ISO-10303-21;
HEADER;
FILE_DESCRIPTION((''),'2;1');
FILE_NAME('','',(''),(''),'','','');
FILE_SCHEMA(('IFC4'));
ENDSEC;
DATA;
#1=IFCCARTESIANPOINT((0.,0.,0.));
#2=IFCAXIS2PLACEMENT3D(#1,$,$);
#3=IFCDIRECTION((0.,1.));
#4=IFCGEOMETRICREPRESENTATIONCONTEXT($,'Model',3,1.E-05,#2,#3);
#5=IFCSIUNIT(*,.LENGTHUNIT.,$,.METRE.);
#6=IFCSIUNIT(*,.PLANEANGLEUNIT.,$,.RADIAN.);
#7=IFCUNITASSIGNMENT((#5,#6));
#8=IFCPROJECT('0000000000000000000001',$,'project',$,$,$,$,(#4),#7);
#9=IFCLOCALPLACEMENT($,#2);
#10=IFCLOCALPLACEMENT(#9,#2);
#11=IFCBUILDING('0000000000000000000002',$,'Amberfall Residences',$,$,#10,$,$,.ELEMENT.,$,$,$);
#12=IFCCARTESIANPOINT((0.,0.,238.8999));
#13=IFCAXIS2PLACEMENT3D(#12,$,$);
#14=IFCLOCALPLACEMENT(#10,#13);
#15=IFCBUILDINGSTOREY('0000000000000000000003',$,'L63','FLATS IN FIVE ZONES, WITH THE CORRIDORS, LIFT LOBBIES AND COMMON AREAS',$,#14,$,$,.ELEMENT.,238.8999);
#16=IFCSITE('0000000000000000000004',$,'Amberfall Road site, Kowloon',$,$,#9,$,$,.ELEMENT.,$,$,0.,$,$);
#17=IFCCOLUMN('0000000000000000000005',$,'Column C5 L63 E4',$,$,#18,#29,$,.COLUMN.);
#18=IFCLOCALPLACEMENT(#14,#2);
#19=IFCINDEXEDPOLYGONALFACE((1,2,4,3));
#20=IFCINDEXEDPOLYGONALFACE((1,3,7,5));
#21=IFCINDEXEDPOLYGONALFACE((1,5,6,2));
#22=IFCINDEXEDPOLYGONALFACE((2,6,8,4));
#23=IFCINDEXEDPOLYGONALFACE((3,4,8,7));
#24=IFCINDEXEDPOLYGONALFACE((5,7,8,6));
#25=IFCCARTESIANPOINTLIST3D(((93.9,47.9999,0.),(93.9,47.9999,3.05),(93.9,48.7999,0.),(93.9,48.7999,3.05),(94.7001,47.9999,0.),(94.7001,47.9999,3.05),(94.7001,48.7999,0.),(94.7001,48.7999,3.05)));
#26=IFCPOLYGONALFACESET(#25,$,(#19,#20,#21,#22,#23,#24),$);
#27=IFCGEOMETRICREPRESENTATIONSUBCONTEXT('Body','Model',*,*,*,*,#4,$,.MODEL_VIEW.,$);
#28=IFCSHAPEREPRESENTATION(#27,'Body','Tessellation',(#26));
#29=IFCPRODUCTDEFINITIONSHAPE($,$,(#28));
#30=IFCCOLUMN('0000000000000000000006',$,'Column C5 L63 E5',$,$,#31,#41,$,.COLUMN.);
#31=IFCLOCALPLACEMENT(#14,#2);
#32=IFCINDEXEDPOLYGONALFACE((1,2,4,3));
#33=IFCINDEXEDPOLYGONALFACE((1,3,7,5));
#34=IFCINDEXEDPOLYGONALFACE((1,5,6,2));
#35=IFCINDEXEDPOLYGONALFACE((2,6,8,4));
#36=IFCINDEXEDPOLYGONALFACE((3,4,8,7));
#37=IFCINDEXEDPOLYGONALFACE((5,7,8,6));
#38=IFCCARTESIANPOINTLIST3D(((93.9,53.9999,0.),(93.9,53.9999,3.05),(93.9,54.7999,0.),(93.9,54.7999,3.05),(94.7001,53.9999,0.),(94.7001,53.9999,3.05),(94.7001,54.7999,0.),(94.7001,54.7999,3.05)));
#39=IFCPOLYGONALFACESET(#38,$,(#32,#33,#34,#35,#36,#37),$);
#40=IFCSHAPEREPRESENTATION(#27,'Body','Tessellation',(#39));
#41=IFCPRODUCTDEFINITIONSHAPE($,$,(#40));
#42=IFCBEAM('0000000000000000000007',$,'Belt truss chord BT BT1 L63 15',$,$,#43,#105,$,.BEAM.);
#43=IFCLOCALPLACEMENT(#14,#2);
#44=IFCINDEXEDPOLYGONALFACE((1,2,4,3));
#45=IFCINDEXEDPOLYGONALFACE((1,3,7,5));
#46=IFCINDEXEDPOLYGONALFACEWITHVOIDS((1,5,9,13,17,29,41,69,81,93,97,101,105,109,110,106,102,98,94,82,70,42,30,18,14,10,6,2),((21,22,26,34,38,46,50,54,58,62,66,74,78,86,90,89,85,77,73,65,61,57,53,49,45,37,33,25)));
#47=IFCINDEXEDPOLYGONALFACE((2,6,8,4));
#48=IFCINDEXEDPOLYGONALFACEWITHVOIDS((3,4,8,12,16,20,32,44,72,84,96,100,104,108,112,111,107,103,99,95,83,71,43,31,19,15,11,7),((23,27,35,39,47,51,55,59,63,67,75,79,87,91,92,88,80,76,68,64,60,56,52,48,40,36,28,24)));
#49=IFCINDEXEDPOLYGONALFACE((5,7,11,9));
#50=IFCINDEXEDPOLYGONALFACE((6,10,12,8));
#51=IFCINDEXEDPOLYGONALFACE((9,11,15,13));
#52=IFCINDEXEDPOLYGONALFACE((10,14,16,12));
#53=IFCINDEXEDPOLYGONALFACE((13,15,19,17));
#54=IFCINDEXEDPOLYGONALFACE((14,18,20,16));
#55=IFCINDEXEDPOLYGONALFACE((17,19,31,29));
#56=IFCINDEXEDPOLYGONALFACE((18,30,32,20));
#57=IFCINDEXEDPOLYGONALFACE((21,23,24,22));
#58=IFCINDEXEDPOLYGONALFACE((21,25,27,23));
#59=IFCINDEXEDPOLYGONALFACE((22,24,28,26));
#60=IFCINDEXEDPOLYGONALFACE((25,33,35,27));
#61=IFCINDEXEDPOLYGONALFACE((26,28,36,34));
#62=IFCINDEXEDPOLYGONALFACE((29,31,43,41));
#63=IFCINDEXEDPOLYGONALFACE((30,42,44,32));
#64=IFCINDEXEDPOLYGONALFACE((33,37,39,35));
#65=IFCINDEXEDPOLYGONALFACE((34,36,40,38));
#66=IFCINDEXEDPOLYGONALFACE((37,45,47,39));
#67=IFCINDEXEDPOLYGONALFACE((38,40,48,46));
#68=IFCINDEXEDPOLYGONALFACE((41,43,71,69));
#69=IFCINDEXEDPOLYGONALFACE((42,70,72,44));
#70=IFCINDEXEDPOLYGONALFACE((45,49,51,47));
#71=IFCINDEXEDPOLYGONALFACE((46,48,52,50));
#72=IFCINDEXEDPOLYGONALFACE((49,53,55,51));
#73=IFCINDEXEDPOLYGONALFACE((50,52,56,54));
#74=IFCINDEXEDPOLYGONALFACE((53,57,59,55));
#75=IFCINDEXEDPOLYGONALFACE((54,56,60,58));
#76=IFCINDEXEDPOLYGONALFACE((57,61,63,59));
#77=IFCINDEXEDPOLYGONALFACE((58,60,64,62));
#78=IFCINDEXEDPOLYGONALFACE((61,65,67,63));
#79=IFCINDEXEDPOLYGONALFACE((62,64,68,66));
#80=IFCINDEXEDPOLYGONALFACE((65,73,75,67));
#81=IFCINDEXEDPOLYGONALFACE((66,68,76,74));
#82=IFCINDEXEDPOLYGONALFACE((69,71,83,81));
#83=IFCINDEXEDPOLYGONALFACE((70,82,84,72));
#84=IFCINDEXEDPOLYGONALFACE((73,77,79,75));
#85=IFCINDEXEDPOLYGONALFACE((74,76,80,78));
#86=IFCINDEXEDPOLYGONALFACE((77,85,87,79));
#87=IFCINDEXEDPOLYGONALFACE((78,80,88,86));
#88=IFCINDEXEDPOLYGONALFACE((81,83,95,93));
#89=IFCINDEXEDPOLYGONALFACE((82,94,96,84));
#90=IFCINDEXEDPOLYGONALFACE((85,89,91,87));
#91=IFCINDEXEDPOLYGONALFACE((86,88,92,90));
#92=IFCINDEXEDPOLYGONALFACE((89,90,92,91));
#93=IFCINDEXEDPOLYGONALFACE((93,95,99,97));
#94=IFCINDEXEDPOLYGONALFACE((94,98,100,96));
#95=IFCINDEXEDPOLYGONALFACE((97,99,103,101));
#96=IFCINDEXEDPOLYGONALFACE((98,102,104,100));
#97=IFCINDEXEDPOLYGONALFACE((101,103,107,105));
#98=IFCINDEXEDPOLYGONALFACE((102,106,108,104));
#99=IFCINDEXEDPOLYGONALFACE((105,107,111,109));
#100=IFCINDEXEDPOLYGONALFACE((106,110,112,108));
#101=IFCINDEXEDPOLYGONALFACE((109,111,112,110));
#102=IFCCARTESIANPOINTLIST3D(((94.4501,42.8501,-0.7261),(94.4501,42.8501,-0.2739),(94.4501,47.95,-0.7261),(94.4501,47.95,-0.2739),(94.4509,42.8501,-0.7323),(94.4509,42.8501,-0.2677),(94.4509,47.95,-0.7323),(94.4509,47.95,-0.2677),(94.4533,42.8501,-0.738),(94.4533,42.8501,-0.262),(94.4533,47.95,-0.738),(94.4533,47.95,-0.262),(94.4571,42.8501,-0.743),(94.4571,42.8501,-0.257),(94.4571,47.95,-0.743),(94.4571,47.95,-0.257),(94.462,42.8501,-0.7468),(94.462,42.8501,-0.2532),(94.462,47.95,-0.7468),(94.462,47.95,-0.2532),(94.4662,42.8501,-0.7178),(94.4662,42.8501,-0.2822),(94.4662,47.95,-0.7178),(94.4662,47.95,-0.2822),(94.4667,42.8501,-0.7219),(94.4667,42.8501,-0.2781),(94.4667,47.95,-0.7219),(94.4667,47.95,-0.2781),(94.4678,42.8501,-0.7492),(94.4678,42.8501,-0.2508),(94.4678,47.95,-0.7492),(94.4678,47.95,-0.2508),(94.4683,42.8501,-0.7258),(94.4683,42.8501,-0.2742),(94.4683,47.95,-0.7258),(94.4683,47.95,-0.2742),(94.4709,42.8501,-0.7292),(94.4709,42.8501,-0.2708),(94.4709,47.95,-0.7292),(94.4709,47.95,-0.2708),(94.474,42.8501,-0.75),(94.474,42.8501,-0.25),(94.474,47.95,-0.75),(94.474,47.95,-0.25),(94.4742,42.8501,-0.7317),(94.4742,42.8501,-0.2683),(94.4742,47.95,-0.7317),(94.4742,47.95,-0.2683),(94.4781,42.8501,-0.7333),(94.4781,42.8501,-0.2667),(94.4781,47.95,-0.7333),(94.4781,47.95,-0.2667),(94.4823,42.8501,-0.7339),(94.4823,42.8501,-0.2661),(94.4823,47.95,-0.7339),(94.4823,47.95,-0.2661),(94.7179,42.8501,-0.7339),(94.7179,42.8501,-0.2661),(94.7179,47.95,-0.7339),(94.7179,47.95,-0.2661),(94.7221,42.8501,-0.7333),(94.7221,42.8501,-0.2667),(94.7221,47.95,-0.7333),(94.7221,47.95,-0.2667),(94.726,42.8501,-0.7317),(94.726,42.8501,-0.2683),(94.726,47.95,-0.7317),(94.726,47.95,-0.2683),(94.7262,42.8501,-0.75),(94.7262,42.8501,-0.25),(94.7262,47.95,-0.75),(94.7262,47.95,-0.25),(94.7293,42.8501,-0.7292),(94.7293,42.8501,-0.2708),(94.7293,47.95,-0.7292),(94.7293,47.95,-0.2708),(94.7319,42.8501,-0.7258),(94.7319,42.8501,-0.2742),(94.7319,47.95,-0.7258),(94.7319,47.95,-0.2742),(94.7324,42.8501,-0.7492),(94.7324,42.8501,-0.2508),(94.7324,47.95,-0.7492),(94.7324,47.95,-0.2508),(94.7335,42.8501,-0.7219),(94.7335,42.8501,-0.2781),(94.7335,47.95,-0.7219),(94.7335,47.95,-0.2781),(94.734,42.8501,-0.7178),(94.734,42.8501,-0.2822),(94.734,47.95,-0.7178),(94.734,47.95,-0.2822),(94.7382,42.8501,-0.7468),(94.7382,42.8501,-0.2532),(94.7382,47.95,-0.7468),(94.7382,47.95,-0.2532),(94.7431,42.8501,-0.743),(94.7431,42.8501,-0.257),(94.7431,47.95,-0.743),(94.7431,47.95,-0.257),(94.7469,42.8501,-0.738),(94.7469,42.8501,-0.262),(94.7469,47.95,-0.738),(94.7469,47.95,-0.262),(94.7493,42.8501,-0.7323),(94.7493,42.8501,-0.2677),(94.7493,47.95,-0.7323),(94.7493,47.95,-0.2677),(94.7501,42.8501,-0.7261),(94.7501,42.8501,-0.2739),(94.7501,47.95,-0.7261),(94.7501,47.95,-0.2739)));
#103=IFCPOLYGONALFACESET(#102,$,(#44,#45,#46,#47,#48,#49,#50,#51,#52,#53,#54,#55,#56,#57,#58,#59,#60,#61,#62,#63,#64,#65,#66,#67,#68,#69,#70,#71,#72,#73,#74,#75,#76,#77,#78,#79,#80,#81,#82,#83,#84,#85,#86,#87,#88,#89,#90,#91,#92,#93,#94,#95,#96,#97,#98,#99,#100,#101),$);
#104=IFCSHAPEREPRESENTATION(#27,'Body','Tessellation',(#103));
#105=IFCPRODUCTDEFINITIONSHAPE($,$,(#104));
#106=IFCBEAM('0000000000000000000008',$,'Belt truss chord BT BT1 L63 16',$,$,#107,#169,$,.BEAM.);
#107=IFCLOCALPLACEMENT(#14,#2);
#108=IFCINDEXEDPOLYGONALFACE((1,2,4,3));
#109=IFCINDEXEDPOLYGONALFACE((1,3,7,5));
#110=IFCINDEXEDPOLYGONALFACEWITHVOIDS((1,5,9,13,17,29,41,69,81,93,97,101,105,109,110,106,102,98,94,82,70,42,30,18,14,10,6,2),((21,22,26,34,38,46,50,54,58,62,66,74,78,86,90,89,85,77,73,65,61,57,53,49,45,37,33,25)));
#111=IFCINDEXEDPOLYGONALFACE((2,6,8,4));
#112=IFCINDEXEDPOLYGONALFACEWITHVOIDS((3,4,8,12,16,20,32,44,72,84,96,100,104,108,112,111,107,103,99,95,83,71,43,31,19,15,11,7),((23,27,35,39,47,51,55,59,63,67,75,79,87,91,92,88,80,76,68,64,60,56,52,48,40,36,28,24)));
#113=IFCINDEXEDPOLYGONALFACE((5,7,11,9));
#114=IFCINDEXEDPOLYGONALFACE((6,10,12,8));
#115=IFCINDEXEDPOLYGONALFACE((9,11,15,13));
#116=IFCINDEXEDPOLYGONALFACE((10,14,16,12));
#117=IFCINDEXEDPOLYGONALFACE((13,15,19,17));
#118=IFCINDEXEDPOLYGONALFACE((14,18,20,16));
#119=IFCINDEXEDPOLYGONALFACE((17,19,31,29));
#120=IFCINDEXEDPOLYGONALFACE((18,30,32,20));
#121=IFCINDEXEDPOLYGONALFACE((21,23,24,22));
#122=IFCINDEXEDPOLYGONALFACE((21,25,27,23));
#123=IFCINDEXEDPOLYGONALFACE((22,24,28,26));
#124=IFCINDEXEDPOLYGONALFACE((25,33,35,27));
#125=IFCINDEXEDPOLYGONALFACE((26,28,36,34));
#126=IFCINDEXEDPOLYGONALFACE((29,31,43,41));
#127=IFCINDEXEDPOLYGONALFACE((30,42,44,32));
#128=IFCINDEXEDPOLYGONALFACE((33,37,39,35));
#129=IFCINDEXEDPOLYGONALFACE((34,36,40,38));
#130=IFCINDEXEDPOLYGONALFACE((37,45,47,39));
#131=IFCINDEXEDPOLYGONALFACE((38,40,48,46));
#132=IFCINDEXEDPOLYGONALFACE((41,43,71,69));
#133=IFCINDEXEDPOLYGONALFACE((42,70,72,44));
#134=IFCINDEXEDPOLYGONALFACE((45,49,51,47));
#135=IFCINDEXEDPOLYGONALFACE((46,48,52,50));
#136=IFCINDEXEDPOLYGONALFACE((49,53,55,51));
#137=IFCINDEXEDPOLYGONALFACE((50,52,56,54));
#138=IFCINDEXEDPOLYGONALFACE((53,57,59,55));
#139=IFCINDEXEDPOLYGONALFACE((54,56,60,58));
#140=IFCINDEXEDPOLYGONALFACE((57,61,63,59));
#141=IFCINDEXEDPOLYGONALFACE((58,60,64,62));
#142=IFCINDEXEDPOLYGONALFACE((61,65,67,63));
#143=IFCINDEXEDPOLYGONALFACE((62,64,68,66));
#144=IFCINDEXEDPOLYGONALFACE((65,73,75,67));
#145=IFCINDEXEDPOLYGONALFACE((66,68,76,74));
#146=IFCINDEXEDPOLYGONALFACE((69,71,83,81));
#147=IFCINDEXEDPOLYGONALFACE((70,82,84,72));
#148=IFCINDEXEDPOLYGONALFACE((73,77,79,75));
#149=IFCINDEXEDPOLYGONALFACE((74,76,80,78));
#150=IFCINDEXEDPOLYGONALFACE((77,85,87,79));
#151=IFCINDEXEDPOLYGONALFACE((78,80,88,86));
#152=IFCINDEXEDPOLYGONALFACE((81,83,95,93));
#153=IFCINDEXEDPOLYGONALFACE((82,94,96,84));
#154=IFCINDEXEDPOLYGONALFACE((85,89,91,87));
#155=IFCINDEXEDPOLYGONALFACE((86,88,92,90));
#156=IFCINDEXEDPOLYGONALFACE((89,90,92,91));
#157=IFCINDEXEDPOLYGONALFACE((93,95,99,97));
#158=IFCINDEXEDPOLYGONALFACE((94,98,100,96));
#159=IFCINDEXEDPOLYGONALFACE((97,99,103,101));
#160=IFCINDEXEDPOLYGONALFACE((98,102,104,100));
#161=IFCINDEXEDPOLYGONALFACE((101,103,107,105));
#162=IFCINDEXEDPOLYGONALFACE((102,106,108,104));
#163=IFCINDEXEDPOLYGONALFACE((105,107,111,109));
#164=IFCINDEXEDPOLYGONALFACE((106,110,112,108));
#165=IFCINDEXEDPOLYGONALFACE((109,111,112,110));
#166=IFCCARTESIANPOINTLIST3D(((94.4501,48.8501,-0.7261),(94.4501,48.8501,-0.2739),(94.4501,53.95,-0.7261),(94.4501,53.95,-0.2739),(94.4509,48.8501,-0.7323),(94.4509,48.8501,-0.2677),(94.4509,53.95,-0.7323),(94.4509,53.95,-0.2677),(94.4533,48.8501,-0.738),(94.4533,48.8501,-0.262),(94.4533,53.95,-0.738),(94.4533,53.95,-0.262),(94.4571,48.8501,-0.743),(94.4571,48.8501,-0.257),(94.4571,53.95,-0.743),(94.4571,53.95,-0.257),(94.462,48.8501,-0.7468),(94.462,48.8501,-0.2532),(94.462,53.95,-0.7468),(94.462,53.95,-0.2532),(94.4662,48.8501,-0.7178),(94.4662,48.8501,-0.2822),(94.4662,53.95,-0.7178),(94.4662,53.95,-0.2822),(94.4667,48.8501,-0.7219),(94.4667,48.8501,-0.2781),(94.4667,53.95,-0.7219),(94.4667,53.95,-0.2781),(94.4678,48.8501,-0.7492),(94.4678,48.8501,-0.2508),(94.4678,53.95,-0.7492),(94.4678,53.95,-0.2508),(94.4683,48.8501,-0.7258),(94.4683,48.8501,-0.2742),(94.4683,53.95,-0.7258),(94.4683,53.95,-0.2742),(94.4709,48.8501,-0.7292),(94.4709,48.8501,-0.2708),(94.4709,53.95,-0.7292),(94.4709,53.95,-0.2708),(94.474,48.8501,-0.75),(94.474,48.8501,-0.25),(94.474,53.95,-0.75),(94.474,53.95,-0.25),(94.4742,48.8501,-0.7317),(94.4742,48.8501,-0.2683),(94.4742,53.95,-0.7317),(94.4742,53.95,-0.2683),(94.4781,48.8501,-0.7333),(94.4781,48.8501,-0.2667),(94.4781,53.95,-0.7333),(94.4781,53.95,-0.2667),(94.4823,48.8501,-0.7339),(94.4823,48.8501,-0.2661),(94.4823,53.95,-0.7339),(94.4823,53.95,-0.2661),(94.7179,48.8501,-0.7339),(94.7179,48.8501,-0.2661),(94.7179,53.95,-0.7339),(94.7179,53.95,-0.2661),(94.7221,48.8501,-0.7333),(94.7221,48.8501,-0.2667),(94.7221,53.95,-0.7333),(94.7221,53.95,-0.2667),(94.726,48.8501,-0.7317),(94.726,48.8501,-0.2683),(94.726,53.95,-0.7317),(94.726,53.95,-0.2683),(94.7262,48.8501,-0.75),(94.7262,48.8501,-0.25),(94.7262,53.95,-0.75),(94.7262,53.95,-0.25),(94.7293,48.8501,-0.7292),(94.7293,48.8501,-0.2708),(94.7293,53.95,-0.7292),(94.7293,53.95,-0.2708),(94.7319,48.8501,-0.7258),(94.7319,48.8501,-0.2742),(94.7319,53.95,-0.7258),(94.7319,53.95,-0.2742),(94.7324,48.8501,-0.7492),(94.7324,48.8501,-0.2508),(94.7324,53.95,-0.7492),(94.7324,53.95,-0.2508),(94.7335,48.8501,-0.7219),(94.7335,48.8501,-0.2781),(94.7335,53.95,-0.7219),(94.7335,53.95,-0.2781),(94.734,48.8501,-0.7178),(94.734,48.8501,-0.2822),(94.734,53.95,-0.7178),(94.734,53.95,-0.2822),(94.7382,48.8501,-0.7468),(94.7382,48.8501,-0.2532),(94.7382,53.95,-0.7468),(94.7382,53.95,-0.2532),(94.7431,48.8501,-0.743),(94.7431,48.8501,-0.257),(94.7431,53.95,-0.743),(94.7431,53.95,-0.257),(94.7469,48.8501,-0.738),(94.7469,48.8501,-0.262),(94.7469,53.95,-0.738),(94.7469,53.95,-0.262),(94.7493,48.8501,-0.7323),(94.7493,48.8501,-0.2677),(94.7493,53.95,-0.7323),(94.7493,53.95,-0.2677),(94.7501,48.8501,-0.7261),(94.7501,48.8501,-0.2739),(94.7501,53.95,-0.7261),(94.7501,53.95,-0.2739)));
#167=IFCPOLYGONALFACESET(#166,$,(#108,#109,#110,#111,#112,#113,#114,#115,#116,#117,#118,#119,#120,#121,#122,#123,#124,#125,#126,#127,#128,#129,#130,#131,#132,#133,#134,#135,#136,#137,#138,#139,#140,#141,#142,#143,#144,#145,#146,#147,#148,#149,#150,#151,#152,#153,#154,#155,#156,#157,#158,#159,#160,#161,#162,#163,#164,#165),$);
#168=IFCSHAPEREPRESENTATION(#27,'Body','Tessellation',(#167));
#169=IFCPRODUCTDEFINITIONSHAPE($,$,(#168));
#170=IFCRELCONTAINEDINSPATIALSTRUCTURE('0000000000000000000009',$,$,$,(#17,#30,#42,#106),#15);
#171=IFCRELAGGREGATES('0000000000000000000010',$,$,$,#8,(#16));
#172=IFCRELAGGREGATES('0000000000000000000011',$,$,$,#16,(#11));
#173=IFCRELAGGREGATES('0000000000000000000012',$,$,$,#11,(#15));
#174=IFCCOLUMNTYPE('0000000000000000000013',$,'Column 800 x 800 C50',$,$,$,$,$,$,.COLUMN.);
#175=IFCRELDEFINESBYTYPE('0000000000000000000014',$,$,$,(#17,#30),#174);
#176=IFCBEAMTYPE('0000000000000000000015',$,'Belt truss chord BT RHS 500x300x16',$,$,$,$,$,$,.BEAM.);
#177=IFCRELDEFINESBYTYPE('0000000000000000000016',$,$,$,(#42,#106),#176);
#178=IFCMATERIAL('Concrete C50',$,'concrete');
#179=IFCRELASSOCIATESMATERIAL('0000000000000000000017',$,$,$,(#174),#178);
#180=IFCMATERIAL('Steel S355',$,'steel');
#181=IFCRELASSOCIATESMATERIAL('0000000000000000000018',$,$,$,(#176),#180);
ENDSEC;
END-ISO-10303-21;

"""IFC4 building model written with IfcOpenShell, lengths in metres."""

from ifc_helpers import new_model, si_unit, direction, frame, origin, origin_2d, place, context, subcontext, project, spatial, rectangle, hollow_rectangle, extrude, material, material_profile, profile_set, type_object, element, save


model = new_model("IFC4")

# Units and contexts
model_context = context("Model", 3, precision=1e-05, world=origin(), true_north=direction((0.0, 1.0)))
body_context = subcontext(model_context, "Body", "Model", "MODEL_VIEW")
ifc_project = project(units=[si_unit("LENGTHUNIT", "METRE"), si_unit("PLANEANGLEUNIT", "RADIAN")], contexts=[model_context])

# Site, building, storey
site_placement = place(None, origin())
site = spatial("IfcSite", under=ifc_project, at=site_placement, Name="Amberfall Road site, Kowloon", CompositionType="ELEMENT", RefElevation=0.0)
building_placement = place(site_placement, origin())
building = spatial("IfcBuilding", under=site, at=building_placement, Name="Amberfall Residences", CompositionType="ELEMENT")
storey_placement = place(building_placement, frame((0.0, 0.0, 238.8999)))
storey = spatial("IfcBuildingStorey", under=building, at=storey_placement, Name="L63", Description="FLATS IN FIVE ZONES, WITH THE CORRIDORS, LIFT LOBBIES AND COMMON AREAS", CompositionType="ELEMENT", Elevation=238.8999)

# Columns
ifc_material_1 = material(Name="Concrete C50", Category="concrete")
ifc_material_profile_1 = material_profile(ifc_material_1, rectangle(XDim=0.8, YDim=0.8, at=origin_2d()), Name="Column 800 x 800 C50")
ifc_profile_set_1 = profile_set([ifc_material_profile_1], Name="Concrete C50")
column_type = type_object("IfcColumnType", Name="Column 800 x 800 C50", PredefinedType="COLUMN", material=ifc_profile_set_1)
for number, where, z_axis, x_axis, name in (
    (1, (94.3, 48.3999, 0.0), (0.0, 0.0, 1.0), (1.0, 0.0, 0.0), "Column C5 L63 E4"),
    (2, (94.3, 54.3999, 0.0), (0.0, 0.0, 1.0), (1.0, 0.0, 0.0), "Column C5 L63 E5"),
):
    element("IfcColumn", number, at=place(storey_placement, frame(where, z_axis=z_axis, x_axis=x_axis)), inside=storey, type_object=column_type, Name=name, PredefinedType="COLUMN", context=body_context, shape_type="SweptSolid", body=[
        extrude(rectangle(XDim=0.8, YDim=0.8, at=origin_2d()), origin(), (0.0, 0.0, 1.0), 3.05),
    ])

# Beams
ifc_material_2 = material(Name="Steel S355", Category="steel")
ifc_material_profile_2 = material_profile(ifc_material_2, hollow_rectangle(XDim=0.3, YDim=0.5, WallThickness=0.0161, InnerFilletRadius=0.0161, OuterFilletRadius=0.0239, at=origin_2d()), Name="RHS 500x300x16")
ifc_profile_set_2 = profile_set([ifc_material_profile_2], Name="Steel S355")
beam_type_1 = type_object("IfcBeamType", Name="Belt truss chord BT RHS 500x300x16", PredefinedType="BEAM", material=ifc_profile_set_2)
for number, where, z_axis, x_axis, name in (
    (3, (94.6001, 42.8501, -0.5), (0.0, 1.0, 0.0), (-1.0, 0.0, 0.0), "Belt truss chord BT BT1 L63 15"),
    (4, (94.6001, 48.8501, -0.5), (0.0, 1.0, 0.0), (-1.0, 0.0, 0.0), "Belt truss chord BT BT1 L63 16"),
):
    element("IfcBeam", number, at=place(storey_placement, frame(where, z_axis=z_axis, x_axis=x_axis)), inside=storey, type_object=beam_type_1, Name=name, PredefinedType="BEAM", context=body_context, shape_type="SweptSolid", body=[
        extrude(hollow_rectangle(XDim=0.3, YDim=0.5, WallThickness=0.0161, InnerFilletRadius=0.0161, OuterFilletRadius=0.0239, at=origin_2d()), origin(), (0.0, 0.0, 1.0), 5.0999),
    ])

save(model, "model.ifc")
